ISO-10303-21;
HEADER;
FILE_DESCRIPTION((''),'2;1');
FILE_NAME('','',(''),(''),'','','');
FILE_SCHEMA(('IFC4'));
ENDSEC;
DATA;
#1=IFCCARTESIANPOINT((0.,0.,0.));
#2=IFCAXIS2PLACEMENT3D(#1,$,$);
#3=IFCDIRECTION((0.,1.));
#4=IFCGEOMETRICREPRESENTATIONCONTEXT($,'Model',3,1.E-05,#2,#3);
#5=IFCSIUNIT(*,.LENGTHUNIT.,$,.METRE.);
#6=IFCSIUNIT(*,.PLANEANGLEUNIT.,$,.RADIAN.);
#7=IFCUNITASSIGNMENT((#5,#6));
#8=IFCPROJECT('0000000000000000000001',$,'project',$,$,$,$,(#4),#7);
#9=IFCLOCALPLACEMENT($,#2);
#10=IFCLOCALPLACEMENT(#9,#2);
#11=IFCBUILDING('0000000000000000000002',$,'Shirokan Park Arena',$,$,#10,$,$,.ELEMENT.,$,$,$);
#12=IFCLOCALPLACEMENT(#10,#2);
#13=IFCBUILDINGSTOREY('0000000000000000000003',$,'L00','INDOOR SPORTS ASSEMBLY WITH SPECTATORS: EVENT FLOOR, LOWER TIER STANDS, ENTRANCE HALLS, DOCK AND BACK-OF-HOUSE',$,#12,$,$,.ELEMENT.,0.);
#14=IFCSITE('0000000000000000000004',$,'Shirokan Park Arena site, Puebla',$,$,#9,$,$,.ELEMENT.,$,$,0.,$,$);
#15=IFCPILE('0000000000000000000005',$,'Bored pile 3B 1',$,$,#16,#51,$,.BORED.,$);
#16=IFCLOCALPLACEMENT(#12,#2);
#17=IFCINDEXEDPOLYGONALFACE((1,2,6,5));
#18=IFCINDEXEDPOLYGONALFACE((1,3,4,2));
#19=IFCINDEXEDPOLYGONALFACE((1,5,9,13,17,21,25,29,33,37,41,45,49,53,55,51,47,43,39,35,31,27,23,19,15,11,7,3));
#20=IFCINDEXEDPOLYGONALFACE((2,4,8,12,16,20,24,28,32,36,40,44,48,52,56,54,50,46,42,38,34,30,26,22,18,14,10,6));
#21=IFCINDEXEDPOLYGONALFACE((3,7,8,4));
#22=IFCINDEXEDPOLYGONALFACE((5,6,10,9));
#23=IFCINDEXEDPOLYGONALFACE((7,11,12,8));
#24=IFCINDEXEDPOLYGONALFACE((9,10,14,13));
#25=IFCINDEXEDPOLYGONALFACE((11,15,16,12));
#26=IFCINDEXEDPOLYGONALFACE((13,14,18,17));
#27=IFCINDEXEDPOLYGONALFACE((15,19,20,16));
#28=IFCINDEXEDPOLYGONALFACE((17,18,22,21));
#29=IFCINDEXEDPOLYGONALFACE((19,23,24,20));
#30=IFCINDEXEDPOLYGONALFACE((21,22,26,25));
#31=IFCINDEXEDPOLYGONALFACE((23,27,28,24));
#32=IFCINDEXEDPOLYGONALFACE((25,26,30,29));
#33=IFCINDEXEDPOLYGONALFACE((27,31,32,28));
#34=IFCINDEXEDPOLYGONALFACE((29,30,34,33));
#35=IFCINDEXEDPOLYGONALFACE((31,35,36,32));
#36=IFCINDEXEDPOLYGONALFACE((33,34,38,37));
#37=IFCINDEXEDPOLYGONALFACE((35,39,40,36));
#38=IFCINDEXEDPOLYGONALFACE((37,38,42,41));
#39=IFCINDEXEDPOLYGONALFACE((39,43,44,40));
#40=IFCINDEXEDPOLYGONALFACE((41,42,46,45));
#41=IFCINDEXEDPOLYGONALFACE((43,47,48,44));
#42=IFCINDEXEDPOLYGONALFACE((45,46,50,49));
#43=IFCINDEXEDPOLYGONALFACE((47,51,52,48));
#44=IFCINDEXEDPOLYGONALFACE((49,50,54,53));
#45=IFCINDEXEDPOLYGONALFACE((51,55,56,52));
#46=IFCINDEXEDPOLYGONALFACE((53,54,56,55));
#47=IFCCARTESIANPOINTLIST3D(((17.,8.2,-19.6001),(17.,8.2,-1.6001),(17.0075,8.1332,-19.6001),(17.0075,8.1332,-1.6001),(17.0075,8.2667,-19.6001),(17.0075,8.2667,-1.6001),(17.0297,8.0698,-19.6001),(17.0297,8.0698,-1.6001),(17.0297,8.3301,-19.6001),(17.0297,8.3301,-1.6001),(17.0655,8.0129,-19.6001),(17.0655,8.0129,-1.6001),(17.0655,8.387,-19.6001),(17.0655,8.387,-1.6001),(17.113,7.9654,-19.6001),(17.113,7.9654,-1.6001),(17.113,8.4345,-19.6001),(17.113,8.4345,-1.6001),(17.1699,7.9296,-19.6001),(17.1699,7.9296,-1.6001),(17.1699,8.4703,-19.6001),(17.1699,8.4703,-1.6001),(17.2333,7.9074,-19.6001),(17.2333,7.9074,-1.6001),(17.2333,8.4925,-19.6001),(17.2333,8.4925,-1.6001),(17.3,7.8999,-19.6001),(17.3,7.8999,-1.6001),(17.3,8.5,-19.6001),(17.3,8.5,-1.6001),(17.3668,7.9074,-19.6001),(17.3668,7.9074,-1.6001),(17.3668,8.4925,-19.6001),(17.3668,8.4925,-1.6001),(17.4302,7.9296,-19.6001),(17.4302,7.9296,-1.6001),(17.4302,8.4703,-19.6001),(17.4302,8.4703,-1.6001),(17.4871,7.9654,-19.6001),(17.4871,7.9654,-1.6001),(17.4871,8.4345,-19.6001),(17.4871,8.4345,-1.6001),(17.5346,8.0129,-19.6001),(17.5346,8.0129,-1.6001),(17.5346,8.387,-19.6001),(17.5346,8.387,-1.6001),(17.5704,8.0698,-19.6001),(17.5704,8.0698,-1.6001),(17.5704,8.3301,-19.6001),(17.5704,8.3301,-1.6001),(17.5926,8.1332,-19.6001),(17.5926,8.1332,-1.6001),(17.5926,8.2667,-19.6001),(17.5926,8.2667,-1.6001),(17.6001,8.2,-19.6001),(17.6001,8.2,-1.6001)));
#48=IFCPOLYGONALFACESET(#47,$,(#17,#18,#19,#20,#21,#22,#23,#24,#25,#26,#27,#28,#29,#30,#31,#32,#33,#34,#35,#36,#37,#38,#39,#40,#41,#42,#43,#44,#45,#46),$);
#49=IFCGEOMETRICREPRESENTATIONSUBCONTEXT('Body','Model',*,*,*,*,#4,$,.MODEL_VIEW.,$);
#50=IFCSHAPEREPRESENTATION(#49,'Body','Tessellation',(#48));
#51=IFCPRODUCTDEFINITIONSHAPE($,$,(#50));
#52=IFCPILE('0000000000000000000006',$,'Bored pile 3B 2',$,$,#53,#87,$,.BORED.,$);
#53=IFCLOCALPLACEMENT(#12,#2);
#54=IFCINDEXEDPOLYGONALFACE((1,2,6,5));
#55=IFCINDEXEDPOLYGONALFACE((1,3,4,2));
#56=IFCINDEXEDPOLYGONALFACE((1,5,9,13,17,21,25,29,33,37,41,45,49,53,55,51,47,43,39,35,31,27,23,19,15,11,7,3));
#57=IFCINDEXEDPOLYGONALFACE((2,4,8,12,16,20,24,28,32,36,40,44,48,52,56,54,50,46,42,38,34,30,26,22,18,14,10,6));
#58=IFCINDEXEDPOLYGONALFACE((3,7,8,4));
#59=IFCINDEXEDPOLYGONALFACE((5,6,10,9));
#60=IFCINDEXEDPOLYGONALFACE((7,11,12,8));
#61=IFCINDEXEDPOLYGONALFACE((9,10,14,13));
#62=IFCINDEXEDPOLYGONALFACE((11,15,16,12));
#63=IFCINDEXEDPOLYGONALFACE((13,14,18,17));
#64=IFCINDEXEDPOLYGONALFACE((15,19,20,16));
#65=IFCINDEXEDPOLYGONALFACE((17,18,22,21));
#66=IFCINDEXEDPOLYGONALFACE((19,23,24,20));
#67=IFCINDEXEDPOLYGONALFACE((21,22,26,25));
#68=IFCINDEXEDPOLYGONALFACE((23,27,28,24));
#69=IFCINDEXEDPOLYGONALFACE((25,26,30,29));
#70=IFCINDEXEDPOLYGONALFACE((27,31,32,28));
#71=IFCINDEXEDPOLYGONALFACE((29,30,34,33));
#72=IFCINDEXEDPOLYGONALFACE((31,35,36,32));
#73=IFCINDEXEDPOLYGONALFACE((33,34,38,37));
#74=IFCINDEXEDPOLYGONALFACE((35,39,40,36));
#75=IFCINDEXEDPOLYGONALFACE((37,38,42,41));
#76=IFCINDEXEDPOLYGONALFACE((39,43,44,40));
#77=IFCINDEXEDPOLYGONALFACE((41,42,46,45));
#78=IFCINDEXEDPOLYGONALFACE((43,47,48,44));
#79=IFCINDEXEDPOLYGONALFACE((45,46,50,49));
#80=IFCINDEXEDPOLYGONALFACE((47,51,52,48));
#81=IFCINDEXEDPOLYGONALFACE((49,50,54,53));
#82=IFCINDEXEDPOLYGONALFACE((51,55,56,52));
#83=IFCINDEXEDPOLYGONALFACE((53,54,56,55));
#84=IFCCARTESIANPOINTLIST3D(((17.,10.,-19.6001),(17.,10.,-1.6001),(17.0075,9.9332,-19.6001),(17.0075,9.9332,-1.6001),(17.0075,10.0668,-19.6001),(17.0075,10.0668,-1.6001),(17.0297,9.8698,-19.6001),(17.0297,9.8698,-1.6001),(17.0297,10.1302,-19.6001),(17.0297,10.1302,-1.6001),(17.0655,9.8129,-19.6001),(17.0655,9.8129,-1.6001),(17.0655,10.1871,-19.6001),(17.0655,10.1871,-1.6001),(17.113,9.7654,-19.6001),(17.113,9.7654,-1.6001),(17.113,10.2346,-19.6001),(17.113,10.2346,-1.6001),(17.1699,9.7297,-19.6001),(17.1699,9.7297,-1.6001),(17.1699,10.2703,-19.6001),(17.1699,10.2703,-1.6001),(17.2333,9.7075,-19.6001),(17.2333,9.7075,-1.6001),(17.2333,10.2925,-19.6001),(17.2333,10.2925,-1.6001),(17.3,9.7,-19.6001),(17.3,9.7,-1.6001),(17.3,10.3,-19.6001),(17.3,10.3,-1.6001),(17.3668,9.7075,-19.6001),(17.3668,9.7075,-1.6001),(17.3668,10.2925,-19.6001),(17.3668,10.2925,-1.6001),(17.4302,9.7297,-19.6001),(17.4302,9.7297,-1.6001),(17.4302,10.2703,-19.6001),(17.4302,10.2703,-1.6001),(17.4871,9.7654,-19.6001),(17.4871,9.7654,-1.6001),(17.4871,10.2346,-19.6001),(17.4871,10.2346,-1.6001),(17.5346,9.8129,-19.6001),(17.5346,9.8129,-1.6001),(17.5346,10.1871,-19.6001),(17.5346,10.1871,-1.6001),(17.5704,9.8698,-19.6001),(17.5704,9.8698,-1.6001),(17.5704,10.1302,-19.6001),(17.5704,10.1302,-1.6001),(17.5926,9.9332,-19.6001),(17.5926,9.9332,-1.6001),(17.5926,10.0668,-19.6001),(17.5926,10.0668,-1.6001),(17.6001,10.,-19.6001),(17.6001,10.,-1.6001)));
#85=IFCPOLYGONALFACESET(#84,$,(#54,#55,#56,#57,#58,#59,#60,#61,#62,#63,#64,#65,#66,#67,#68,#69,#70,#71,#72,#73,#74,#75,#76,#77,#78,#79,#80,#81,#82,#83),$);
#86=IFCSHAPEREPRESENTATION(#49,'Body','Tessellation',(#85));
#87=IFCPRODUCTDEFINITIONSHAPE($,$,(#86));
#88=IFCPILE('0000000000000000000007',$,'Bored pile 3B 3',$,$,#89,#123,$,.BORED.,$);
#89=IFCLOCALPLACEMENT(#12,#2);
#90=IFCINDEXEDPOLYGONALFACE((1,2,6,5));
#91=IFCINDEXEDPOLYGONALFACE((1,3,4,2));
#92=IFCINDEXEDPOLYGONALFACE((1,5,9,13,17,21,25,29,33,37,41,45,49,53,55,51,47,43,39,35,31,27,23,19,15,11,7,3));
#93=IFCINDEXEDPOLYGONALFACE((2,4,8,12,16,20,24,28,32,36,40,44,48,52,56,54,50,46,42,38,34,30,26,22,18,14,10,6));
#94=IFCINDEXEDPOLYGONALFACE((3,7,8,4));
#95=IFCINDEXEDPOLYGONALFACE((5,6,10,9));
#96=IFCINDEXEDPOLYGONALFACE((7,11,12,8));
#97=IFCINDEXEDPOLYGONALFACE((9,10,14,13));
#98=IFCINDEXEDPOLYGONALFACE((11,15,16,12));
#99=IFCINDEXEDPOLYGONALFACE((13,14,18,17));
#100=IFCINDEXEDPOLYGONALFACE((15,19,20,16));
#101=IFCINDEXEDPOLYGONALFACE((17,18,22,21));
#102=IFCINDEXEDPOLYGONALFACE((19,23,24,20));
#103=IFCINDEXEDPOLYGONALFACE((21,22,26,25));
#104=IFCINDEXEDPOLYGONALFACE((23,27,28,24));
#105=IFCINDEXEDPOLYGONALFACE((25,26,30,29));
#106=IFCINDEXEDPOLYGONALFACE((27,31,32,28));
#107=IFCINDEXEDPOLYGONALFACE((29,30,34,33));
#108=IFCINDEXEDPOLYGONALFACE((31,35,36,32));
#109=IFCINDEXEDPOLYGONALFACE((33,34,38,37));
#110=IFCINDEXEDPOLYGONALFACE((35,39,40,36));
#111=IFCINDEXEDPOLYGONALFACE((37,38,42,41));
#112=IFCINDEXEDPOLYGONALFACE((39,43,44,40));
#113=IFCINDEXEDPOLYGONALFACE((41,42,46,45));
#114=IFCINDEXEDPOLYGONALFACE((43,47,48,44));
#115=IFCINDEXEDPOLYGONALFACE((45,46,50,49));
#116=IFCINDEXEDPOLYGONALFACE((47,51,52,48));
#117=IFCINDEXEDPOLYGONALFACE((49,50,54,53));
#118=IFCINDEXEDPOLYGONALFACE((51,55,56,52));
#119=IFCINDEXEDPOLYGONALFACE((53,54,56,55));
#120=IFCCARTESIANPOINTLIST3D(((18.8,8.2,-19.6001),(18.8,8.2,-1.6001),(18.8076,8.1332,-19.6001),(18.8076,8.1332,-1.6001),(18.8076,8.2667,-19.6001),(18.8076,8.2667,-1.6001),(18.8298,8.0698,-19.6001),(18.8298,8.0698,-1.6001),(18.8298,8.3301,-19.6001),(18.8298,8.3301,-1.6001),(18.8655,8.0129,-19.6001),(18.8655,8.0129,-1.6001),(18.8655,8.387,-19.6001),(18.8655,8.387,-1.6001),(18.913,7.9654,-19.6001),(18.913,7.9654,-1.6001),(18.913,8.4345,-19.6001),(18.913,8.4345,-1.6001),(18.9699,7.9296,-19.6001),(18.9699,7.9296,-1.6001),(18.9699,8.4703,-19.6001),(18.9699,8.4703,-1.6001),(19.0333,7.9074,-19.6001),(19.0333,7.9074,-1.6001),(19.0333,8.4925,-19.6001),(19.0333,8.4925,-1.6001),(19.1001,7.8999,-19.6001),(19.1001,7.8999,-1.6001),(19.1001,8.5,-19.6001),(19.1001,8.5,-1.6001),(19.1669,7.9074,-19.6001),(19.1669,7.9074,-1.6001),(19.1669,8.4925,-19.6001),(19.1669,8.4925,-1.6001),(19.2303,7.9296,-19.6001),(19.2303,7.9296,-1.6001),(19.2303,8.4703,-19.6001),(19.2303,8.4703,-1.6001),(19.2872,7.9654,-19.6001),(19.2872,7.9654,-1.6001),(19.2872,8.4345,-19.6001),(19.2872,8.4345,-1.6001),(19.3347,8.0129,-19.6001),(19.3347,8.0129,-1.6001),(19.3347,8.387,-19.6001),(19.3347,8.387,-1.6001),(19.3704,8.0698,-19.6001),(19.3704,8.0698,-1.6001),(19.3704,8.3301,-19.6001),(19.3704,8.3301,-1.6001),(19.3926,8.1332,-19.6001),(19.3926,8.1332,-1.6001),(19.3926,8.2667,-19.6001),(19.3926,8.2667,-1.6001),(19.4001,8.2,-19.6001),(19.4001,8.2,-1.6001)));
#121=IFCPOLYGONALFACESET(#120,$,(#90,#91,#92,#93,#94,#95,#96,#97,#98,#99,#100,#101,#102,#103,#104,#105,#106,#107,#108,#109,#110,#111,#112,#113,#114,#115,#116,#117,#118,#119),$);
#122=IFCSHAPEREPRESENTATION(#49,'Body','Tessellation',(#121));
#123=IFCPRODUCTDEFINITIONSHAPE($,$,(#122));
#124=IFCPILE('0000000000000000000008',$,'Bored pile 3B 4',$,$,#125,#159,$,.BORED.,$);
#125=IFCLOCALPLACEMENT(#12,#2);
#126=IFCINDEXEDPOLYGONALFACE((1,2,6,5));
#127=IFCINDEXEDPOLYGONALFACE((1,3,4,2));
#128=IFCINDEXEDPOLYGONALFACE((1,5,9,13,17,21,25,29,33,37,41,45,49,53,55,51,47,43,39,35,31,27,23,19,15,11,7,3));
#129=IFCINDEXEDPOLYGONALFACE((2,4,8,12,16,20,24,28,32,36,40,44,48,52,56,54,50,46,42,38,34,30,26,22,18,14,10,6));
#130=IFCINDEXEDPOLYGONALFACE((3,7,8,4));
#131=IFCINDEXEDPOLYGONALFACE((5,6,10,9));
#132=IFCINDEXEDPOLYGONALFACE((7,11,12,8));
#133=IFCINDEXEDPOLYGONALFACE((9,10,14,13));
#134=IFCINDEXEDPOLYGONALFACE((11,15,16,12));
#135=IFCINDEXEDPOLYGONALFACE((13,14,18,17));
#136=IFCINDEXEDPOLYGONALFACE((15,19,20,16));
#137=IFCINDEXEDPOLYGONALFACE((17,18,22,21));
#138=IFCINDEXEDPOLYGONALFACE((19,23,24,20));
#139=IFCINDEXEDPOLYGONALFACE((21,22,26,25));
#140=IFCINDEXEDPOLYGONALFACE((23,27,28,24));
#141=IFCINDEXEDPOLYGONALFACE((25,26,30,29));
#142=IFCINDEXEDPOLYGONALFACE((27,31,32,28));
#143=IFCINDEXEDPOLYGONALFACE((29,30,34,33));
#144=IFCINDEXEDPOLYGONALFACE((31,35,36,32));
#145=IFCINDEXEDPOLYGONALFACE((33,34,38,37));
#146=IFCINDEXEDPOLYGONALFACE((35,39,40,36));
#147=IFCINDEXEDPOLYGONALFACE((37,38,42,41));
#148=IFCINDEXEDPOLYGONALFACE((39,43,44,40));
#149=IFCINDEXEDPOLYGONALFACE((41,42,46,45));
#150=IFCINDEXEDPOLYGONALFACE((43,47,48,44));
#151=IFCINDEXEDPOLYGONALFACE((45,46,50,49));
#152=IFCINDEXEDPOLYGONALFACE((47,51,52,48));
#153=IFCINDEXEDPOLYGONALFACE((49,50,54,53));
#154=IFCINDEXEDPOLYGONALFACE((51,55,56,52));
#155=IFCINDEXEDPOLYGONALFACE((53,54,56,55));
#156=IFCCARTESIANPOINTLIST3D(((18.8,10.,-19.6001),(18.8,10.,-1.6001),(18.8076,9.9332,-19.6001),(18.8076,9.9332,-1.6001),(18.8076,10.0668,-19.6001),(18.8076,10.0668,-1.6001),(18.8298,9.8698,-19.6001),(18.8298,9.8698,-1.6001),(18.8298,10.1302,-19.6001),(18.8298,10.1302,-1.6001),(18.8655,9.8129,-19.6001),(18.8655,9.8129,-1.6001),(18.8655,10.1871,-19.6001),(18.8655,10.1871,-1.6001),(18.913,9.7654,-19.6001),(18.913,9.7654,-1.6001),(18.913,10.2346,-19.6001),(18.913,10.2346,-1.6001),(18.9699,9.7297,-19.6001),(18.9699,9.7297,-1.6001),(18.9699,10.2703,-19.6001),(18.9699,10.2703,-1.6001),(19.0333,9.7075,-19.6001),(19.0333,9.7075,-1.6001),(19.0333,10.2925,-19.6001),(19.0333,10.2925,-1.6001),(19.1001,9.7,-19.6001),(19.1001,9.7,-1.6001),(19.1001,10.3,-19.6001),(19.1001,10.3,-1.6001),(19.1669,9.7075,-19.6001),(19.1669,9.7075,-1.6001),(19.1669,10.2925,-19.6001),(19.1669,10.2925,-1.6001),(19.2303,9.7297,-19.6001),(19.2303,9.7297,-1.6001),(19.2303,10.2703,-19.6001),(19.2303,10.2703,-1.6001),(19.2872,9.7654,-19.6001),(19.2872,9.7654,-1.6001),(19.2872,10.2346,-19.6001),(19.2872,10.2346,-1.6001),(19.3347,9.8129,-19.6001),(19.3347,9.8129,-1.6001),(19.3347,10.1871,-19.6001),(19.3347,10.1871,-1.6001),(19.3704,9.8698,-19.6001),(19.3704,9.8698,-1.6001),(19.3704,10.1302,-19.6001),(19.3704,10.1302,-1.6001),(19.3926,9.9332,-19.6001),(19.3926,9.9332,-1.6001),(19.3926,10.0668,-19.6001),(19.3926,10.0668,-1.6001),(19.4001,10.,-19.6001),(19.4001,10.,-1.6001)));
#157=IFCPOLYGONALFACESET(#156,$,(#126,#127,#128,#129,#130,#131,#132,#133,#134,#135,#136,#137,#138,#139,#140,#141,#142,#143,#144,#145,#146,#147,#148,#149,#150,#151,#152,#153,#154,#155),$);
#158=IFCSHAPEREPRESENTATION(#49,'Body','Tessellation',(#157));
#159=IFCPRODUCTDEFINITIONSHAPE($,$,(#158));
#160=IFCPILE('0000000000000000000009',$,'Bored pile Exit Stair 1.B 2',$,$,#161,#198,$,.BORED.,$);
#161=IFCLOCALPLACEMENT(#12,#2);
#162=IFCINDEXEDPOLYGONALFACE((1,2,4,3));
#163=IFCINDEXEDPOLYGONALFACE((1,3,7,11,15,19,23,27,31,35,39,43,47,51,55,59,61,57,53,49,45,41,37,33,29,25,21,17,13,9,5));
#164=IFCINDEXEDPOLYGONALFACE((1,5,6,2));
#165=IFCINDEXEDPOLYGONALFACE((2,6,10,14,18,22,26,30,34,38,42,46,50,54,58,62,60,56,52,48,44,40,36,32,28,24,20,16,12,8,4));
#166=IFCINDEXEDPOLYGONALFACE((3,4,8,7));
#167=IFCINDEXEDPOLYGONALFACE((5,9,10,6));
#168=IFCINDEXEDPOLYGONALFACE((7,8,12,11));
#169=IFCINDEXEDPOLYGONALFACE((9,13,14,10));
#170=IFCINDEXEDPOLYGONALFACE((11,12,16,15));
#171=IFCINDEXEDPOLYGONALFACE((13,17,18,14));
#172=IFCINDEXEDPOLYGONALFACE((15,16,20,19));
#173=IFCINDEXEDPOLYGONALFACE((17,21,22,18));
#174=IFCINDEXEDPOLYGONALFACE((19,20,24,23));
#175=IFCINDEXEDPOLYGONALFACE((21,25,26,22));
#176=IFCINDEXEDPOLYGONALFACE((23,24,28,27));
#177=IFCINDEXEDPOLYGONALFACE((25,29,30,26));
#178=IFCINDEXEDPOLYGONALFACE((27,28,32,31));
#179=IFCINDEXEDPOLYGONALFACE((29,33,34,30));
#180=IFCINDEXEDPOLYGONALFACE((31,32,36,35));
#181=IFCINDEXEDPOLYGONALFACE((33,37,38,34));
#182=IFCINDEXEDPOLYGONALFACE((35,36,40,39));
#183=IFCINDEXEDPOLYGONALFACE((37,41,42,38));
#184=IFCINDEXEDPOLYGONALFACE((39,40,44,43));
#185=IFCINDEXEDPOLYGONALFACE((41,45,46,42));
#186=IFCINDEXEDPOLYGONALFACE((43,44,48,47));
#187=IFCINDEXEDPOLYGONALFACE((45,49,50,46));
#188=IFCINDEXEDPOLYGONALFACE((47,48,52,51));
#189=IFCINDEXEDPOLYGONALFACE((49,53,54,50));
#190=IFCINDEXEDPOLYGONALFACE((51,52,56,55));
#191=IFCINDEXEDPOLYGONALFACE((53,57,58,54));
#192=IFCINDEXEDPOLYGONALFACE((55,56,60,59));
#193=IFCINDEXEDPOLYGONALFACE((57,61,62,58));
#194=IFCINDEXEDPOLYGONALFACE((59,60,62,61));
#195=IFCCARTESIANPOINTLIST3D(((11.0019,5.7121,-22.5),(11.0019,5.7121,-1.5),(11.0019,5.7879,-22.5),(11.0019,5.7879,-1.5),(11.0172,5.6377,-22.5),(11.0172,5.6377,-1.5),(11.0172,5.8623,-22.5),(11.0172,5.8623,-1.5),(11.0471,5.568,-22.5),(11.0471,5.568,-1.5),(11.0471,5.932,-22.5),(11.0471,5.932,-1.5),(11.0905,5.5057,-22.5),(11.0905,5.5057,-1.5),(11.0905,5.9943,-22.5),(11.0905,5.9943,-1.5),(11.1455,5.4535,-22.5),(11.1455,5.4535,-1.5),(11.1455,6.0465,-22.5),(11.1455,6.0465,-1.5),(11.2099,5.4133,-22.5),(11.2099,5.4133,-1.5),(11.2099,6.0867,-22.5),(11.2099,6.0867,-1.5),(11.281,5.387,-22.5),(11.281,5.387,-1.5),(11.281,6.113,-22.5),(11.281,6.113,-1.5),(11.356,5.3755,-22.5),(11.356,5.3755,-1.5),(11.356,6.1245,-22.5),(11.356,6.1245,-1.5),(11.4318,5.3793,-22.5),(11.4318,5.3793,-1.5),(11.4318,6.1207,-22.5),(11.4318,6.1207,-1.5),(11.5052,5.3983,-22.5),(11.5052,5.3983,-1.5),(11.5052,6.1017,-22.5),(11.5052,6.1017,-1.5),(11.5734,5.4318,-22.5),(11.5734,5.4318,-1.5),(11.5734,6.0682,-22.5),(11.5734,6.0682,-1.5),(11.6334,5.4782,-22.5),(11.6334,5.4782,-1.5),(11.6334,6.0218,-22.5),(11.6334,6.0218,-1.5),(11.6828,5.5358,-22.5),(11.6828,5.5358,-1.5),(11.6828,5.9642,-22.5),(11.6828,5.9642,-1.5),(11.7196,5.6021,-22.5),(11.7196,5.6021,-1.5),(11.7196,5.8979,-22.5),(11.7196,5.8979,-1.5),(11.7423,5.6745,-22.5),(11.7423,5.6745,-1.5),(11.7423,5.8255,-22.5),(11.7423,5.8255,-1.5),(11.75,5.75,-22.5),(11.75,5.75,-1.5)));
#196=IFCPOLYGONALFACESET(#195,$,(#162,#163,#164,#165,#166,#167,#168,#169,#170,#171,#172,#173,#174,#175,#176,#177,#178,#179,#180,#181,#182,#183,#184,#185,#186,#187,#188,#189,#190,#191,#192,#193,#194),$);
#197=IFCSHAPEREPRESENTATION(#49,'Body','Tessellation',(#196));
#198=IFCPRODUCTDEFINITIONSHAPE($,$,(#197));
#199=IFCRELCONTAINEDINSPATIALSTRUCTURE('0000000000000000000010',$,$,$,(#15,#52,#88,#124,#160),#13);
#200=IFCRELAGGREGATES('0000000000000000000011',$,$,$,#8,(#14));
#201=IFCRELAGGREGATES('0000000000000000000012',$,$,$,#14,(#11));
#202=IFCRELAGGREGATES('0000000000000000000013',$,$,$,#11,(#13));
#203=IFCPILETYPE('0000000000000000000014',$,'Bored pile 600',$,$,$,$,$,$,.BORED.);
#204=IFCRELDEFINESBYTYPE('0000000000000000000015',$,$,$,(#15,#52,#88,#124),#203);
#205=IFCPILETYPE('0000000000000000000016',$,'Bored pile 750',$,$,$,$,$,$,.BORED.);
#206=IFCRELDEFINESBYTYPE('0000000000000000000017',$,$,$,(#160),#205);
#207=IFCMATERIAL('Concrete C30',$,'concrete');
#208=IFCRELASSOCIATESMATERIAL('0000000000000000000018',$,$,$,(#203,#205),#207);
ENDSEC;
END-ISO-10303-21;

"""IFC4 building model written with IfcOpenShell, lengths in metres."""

from ifc_helpers import new_model, si_unit, direction, frame, origin, origin_2d, place, context, subcontext, project, spatial, circle, extrude, material, material_profile, profile_set, type_object, element, save


model = new_model("IFC4")

# Units and contexts
model_context = context("Model", 3, precision=1e-05, world=origin(), true_north=direction((0.0, 1.0)))
body_context = subcontext(model_context, "Body", "Model", "MODEL_VIEW")
ifc_project = project(units=[si_unit("LENGTHUNIT", "METRE"), si_unit("PLANEANGLEUNIT", "RADIAN")], contexts=[model_context])

# Site, building, storey
site_placement = place(None, origin())
site = spatial("IfcSite", under=ifc_project, at=site_placement, Name="Shirokan Park Arena site, Puebla", CompositionType="ELEMENT", RefElevation=0.0)
building_placement = place(site_placement, origin())
building = spatial("IfcBuilding", under=site, at=building_placement, Name="Shirokan Park Arena", CompositionType="ELEMENT")
storey_placement = place(building_placement, origin())
storey = spatial("IfcBuildingStorey", under=building, at=storey_placement, Name="L00", Description="INDOOR SPORTS ASSEMBLY WITH SPECTATORS: EVENT FLOOR, LOWER TIER STANDS, ENTRANCE HALLS, DOCK AND BACK-OF-HOUSE", CompositionType="ELEMENT", Elevation=0.0)

# Piles
ifc_material_1 = material(Name="Concrete C30", Category="concrete")
ifc_material_profile_1 = material_profile(ifc_material_1, circle(Radius=0.3, at=origin_2d()), Name="D600")
ifc_profile_set_1 = profile_set([ifc_material_profile_1], Name="Concrete C30")
pile_type_1 = type_object("IfcPileType", Name="Bored pile 600", PredefinedType="BORED", material=ifc_profile_set_1)
for number, where, z_axis, x_axis, name in (
    (1, (17.3, 8.2, -1.6001), (0.0, 0.0, -1.0), (1.0, 0.0, 0.0), "Bored pile 3B 1"),
    (2, (17.3, 10.0, -1.6001), (0.0, 0.0, -1.0), (1.0, 0.0, 0.0), "Bored pile 3B 2"),
    (3, (19.1001, 8.2, -1.6001), (0.0, 0.0, -1.0), (1.0, 0.0, 0.0), "Bored pile 3B 3"),
    (4, (19.1001, 10.0, -1.6001), (0.0, 0.0, -1.0), (1.0, 0.0, 0.0), "Bored pile 3B 4"),
):
    element("IfcPile", number, at=place(storey_placement, frame(where, z_axis=z_axis, x_axis=x_axis)), inside=storey, type_object=pile_type_1, Name=name, PredefinedType="BORED", context=body_context, shape_type="SweptSolid", body=[
        extrude(circle(Radius=0.3, at=origin_2d()), origin(), (0.0, 0.0, 1.0), 18.0),
    ])
ifc_material_profile_2 = material_profile(ifc_material_1, circle(Radius=0.375, at=origin_2d()), Name="D750")
ifc_profile_set_2 = profile_set([ifc_material_profile_2], Name="Concrete C30")
pile_type_2 = type_object("IfcPileType", Name="Bored pile 750", PredefinedType="BORED", material=ifc_profile_set_2)
for number, where, z_axis, x_axis, name in (
    (5, (11.375, 5.75, -1.5), (0.0, 0.0, -1.0), (1.0, 0.0, 0.0), "Bored pile Exit Stair 1.B 2"),
):
    element("IfcPile", number, at=place(storey_placement, frame(where, z_axis=z_axis, x_axis=x_axis)), inside=storey, type_object=pile_type_2, Name=name, PredefinedType="BORED", context=body_context, shape_type="SweptSolid", body=[
        extrude(circle(Radius=0.375, at=origin_2d()), origin(), (0.0, 0.0, 1.0), 21.0),
    ])

save(model, "model.ifc")
